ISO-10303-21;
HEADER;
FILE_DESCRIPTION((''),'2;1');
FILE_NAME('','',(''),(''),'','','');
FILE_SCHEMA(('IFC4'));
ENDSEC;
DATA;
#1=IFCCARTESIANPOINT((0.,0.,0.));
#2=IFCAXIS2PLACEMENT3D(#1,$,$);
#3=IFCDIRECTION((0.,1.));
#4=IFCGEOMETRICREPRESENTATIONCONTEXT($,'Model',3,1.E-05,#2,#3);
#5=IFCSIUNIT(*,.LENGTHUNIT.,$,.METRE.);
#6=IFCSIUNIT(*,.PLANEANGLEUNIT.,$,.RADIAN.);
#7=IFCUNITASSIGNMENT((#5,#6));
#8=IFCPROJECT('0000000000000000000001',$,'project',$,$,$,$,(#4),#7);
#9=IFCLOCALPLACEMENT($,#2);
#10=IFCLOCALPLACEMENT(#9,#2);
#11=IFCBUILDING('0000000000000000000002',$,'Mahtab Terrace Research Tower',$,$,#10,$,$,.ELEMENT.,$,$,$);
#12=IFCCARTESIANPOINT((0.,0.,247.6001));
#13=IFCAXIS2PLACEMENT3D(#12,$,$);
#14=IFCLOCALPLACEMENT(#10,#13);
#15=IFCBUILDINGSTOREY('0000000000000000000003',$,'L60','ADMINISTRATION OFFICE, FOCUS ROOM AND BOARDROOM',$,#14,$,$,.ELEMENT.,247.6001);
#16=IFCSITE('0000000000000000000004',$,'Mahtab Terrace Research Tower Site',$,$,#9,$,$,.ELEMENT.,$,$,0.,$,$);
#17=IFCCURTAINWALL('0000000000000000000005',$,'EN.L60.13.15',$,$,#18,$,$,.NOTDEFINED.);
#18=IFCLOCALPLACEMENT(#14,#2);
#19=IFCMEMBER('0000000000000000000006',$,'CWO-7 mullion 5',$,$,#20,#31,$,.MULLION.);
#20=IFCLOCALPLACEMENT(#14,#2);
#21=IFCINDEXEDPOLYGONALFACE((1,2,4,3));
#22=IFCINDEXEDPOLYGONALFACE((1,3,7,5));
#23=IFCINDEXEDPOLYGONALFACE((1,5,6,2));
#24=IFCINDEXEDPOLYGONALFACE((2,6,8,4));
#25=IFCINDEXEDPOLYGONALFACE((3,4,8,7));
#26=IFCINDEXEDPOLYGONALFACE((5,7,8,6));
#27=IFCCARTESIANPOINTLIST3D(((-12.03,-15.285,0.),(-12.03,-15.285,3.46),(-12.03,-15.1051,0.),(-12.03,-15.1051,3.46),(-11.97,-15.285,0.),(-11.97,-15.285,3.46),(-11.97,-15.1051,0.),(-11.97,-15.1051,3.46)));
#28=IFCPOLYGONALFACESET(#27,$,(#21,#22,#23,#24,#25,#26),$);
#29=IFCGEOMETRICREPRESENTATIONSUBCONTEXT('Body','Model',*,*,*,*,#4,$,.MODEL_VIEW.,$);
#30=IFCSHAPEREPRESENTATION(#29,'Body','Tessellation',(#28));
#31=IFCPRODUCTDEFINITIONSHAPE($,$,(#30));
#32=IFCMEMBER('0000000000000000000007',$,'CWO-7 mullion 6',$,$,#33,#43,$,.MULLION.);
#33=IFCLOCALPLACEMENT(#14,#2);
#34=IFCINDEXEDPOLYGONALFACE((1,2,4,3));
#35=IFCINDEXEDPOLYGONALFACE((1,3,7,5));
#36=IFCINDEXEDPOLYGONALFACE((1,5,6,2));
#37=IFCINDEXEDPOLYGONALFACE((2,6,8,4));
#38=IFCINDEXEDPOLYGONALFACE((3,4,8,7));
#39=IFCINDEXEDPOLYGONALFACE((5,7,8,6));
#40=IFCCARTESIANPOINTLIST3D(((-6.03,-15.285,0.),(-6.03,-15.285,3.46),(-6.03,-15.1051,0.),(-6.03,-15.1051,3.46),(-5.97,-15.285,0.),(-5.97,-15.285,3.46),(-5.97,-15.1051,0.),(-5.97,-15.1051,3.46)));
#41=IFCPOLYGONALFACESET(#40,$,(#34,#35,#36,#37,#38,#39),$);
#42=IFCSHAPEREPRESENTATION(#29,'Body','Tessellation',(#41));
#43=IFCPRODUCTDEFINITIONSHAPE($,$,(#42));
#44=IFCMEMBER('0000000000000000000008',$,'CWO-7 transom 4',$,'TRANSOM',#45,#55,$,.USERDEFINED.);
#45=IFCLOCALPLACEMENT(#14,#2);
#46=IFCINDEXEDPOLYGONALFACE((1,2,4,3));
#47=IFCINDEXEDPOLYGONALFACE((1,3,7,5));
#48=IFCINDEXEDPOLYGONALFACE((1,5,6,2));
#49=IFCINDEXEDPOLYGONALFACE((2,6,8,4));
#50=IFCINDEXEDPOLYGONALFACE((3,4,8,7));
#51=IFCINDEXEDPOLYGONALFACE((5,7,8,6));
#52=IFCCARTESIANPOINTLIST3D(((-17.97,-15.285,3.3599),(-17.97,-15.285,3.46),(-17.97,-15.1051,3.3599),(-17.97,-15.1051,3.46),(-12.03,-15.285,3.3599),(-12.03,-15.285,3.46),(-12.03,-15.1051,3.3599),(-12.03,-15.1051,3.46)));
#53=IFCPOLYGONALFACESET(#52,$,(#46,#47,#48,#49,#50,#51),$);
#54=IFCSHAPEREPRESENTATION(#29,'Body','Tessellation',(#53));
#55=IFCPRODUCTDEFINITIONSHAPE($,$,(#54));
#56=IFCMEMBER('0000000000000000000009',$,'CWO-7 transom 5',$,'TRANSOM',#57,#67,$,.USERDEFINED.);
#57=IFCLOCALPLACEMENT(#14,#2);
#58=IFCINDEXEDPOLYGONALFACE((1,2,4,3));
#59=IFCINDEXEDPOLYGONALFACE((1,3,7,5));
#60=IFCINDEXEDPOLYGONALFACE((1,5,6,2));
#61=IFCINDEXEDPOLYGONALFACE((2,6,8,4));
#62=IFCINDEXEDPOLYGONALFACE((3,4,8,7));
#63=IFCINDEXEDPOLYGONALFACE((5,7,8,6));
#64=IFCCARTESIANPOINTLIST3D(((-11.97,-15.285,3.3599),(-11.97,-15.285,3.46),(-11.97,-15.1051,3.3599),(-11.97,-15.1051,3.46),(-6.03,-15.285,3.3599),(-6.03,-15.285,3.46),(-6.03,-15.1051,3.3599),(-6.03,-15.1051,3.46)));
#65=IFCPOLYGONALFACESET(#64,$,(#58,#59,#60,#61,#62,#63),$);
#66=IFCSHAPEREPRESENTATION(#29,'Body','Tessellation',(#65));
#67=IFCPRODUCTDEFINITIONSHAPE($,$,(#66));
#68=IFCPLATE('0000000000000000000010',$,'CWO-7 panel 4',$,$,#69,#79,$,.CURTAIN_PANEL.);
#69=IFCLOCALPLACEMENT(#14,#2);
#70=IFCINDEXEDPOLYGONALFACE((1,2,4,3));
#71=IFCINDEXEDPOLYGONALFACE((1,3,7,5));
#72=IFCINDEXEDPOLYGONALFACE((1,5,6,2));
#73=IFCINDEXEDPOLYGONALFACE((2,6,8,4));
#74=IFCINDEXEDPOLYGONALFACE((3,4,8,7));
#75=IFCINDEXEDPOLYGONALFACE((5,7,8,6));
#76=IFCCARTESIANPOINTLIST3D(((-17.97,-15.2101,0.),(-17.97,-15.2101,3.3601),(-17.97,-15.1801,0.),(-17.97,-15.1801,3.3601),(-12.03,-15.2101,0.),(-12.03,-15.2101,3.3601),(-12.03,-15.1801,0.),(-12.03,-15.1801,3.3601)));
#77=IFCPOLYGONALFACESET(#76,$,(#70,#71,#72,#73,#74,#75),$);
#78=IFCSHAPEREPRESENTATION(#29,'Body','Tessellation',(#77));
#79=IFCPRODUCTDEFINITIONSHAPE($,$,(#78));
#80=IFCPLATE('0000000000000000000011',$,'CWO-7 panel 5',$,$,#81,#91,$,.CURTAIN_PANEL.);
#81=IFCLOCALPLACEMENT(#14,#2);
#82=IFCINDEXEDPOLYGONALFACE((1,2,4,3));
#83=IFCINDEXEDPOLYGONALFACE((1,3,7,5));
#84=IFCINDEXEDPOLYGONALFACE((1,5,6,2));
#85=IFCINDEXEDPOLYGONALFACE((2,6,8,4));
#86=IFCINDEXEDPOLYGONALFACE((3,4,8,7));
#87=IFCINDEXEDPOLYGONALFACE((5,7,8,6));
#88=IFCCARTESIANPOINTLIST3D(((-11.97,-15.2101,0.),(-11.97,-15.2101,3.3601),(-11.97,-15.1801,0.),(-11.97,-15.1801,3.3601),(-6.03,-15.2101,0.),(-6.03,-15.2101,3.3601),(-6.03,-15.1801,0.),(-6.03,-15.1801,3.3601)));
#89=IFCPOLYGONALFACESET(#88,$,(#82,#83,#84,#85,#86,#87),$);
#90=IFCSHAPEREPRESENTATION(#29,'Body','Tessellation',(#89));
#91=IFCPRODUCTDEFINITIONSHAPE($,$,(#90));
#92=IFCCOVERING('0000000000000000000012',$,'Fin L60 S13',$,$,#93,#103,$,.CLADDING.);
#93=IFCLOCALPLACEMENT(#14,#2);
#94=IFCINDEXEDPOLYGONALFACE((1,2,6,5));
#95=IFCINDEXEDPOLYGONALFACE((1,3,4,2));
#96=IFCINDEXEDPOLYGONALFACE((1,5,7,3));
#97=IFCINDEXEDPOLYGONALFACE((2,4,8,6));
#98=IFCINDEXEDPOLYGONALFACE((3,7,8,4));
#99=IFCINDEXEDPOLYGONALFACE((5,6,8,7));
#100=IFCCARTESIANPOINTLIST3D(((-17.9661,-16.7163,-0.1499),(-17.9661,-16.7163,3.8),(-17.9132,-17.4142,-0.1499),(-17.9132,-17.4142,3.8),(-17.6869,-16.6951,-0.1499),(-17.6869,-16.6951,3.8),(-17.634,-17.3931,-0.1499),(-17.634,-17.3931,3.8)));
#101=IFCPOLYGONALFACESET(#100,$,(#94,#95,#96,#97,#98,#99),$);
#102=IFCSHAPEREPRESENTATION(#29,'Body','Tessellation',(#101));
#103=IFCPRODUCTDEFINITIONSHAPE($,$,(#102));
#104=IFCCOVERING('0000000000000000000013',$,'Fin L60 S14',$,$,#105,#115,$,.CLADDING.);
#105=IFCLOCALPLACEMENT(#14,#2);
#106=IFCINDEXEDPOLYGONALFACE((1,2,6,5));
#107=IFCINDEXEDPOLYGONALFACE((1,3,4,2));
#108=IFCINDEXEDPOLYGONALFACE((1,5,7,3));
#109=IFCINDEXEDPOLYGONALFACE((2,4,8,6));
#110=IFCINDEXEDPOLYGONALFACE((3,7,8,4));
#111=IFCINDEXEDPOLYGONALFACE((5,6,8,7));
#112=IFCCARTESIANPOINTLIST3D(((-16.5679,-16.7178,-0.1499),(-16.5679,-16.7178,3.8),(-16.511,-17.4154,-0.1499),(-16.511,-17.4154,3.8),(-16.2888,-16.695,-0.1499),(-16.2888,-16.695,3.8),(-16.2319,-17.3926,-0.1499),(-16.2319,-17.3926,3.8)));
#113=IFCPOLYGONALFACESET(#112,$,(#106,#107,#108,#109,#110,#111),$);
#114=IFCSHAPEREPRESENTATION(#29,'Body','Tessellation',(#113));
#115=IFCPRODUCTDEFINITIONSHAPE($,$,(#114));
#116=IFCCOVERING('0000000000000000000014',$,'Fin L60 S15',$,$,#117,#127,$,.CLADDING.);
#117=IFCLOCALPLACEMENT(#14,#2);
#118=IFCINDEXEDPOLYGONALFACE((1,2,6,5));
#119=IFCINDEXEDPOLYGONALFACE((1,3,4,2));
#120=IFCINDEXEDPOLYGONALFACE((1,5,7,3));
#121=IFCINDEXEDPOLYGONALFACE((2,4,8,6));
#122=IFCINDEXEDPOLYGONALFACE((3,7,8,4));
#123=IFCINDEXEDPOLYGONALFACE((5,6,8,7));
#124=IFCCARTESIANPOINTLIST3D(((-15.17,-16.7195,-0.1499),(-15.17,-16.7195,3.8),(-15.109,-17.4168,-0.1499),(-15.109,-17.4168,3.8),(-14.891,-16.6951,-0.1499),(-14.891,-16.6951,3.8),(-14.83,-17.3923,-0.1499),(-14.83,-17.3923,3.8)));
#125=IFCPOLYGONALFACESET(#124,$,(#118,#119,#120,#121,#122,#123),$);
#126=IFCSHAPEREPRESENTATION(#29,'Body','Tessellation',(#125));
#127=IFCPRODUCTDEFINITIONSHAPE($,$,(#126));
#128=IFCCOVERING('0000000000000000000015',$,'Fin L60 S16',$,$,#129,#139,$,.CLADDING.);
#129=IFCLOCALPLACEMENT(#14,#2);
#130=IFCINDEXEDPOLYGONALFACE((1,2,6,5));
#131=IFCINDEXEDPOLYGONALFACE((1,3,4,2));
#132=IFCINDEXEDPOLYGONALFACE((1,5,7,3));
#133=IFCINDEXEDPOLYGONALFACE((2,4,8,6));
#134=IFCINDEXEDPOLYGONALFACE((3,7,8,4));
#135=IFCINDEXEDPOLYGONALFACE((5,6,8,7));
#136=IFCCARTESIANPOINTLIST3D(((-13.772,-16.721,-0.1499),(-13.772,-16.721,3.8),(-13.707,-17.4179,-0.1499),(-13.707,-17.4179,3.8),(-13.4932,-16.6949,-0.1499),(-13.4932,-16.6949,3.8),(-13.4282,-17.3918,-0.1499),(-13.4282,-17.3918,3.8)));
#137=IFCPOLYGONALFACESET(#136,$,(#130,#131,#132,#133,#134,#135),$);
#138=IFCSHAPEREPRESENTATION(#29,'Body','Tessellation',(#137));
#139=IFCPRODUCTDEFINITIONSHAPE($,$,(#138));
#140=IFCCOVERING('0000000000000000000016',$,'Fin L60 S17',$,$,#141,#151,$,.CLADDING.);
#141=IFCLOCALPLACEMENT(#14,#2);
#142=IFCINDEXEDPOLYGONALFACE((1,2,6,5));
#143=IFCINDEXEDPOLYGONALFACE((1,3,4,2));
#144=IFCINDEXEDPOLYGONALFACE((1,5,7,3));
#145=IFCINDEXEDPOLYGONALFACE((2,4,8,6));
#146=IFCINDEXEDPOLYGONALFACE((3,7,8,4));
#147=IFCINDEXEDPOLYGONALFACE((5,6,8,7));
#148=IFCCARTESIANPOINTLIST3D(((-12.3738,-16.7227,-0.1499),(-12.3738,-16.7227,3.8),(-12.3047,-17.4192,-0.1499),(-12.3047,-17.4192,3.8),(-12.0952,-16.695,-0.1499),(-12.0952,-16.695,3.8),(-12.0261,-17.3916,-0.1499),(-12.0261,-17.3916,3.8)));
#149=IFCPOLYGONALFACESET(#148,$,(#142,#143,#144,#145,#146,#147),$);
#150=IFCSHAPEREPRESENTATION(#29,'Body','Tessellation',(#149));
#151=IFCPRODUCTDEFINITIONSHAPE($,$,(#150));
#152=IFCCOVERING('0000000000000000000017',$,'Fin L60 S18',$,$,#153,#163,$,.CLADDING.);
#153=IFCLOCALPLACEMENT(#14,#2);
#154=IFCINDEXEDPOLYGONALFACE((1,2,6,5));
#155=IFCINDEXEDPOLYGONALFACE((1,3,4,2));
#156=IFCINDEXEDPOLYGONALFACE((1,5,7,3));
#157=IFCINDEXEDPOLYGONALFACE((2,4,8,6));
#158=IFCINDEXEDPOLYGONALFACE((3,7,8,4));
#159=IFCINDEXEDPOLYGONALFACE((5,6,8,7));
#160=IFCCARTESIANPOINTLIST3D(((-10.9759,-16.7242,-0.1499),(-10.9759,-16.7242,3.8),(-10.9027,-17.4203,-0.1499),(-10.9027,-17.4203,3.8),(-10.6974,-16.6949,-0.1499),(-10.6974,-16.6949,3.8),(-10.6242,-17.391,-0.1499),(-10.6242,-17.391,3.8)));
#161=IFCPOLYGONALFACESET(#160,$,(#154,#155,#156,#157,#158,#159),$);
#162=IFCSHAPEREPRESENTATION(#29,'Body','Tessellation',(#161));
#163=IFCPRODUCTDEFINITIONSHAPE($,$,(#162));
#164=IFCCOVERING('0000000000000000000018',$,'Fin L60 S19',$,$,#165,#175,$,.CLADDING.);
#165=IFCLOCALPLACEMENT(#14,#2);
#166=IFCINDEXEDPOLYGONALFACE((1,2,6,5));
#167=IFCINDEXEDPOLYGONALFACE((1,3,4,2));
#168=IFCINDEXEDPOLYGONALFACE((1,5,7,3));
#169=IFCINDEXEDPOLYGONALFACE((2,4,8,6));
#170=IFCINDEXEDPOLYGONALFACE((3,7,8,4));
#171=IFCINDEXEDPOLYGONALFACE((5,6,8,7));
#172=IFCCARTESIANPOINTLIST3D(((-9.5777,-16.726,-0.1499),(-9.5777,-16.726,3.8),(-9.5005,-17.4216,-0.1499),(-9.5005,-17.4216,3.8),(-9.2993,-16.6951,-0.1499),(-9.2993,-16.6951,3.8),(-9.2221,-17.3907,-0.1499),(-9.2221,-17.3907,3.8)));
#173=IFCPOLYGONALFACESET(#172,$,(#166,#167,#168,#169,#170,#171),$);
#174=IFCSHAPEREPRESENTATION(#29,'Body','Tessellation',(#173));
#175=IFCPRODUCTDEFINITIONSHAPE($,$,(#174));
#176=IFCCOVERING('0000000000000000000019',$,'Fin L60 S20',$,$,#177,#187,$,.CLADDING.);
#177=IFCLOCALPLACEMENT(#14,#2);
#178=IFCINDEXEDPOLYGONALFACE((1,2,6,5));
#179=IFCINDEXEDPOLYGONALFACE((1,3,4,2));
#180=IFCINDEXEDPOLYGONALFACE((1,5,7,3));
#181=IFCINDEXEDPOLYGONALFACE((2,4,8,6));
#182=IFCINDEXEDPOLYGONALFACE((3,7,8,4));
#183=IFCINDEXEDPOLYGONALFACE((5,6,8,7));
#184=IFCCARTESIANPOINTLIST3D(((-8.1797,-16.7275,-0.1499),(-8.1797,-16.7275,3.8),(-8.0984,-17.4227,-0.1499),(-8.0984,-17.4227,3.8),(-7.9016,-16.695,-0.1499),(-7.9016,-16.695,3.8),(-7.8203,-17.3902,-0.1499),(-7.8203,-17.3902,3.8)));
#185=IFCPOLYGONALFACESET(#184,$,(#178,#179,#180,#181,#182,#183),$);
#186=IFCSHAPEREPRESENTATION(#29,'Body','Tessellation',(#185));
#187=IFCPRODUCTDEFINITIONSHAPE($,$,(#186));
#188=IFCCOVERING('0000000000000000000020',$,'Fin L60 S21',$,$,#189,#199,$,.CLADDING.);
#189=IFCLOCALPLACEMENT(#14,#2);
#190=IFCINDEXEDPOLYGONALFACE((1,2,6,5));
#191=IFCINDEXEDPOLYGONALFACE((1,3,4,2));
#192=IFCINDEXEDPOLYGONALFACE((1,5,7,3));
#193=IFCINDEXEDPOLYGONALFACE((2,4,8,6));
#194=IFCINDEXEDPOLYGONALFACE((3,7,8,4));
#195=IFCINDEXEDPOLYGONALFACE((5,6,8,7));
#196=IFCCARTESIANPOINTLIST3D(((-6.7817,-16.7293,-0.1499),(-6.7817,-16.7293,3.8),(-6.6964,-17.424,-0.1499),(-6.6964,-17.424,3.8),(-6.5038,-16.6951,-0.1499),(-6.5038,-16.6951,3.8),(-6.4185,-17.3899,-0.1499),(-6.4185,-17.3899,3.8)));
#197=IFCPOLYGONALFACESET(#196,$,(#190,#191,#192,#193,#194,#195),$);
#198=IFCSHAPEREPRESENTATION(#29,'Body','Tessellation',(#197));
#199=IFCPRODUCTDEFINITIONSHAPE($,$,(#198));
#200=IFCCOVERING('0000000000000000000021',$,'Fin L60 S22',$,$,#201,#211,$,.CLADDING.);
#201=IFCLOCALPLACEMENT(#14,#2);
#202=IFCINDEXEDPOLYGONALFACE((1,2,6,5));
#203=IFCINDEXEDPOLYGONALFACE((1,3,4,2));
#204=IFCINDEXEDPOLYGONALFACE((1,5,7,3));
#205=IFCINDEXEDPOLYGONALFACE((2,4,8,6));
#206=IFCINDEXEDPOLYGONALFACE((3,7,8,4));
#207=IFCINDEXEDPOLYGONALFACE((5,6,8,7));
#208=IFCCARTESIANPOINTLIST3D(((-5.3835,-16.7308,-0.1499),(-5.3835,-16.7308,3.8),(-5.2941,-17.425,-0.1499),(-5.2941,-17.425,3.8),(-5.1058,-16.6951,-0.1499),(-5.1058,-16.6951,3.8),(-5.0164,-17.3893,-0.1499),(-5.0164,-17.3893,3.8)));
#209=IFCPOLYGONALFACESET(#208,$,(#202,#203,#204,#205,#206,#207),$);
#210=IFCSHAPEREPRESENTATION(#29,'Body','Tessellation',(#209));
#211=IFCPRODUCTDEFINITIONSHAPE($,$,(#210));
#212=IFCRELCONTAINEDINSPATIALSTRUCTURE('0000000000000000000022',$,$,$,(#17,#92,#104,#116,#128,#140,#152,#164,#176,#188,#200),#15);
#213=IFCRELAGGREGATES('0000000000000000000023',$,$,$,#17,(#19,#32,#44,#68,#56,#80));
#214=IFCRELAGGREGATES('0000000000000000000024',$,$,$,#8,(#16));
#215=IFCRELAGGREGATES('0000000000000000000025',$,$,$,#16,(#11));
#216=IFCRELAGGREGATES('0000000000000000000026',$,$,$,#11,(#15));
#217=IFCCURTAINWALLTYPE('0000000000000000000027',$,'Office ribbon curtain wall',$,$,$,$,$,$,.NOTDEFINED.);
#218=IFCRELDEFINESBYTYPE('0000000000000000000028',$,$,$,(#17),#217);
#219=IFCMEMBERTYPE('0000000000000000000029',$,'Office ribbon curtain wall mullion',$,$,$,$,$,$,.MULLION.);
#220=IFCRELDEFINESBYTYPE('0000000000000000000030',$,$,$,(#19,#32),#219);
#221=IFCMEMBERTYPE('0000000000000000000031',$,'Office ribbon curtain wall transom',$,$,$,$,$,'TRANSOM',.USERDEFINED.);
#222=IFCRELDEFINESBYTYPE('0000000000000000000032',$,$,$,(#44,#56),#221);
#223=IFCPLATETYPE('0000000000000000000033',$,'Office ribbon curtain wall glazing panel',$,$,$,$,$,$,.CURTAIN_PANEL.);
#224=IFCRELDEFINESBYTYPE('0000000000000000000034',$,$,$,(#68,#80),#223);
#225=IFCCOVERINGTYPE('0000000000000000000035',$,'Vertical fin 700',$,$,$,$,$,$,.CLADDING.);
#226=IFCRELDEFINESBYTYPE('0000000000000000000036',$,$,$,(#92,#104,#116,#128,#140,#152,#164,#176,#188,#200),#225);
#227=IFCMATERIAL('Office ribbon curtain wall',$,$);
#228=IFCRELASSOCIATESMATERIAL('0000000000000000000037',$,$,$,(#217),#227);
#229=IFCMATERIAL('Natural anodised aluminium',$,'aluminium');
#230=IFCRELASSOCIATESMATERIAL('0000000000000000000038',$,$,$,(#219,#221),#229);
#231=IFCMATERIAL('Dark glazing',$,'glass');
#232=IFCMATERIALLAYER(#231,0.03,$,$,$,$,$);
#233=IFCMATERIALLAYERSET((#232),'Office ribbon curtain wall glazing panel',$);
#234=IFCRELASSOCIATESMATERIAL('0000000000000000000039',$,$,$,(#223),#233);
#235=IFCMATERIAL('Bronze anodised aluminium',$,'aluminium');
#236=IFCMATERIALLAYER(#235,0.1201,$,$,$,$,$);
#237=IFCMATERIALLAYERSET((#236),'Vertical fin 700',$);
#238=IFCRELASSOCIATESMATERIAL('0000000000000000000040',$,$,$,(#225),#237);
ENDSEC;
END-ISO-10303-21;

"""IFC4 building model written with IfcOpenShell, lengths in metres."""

from ifc_helpers import new_model, si_unit, direction, frame, origin, origin_2d, place, context, subcontext, project, spatial, rectangle, extrude, material, layer, layer_set, material_profile, profile_set, type_object, element, aggregate, save


model = new_model("IFC4")

# Units and contexts
model_context = context("Model", 3, precision=1e-05, world=origin(), true_north=direction((0.0, 1.0)))
body_context = subcontext(model_context, "Body", "Model", "MODEL_VIEW")
ifc_project = project(units=[si_unit("LENGTHUNIT", "METRE"), si_unit("PLANEANGLEUNIT", "RADIAN")], contexts=[model_context])

# Site, building, storey
site_placement = place(None, origin())
site = spatial("IfcSite", under=ifc_project, at=site_placement, Name="Mahtab Terrace Research Tower Site", CompositionType="ELEMENT", RefElevation=0.0)
building_placement = place(site_placement, origin())
building = spatial("IfcBuilding", under=site, at=building_placement, Name="Mahtab Terrace Research Tower", CompositionType="ELEMENT")
storey_placement = place(building_placement, frame((0.0, 0.0, 247.6001)))
storey = spatial("IfcBuildingStorey", under=building, at=storey_placement, Name="L60", Description="ADMINISTRATION OFFICE, FOCUS ROOM AND BOARDROOM", CompositionType="ELEMENT", Elevation=247.6001)

# Curtain wall, members, plates
ifc_material_1 = material(Name="Office ribbon curtain wall")
curtain_wall_type = type_object("IfcCurtainWallType", Name="Office ribbon curtain wall", PredefinedType="NOTDEFINED", material=ifc_material_1)
curtain_wall_placement = place(storey_placement, origin())
curtain_wall = element("IfcCurtainWall", 1, at=curtain_wall_placement, inside=storey, type_object=curtain_wall_type, Name="EN.L60.13.15", PredefinedType="NOTDEFINED")
ifc_material_2 = material(Name="Natural anodised aluminium", Category="aluminium")
ifc_material_profile_1 = material_profile(ifc_material_2, rectangle(XDim=0.1799, YDim=0.0601, at=origin_2d()), Name="MULLION 60x180")
ifc_profile_set_1 = profile_set([ifc_material_profile_1], Name="Natural anodised aluminium")
member_type_1 = type_object("IfcMemberType", Name="Office ribbon curtain wall mullion", PredefinedType="MULLION", material=ifc_profile_set_1)
member_1_placement = place(storey_placement, frame((-12.0, -15.1951, 0.0), z_axis=(0.0, 0.0, 1.0), x_axis=(0.0, 1.0, 0.0)))
member_1 = element("IfcMember", 2, at=member_1_placement, type_object=member_type_1, Name="CWO-7 mullion 5", PredefinedType="MULLION", context=body_context, shape_type="SweptSolid", body=[
    extrude(rectangle(XDim=0.1799, YDim=0.0601, at=origin_2d()), origin(), (0.0, 0.0, 1.0), 3.46),
])
member_2_placement = place(storey_placement, frame((-6.0, -15.1951, 0.0), z_axis=(0.0, 0.0, 1.0), x_axis=(0.0, 1.0, 0.0)))
member_2 = element("IfcMember", 3, at=member_2_placement, type_object=member_type_1, Name="CWO-7 mullion 6", PredefinedType="MULLION", context=body_context, shape_type="SweptSolid", body=[
    extrude(rectangle(XDim=0.1799, YDim=0.0601, at=origin_2d()), origin(), (0.0, 0.0, 1.0), 3.46),
])
ifc_material_profile_2 = material_profile(ifc_material_2, rectangle(XDim=0.1799, YDim=0.1001, at=origin_2d()), Name="TRANSOM 100x180")
ifc_profile_set_2 = profile_set([ifc_material_profile_2], Name="Natural anodised aluminium")
member_type_2 = type_object("IfcMemberType", Name="Office ribbon curtain wall transom", ElementType="TRANSOM", PredefinedType="USERDEFINED", material=ifc_profile_set_2)
member_3_placement = place(storey_placement, frame((-17.97, -15.1951, 3.4099), z_axis=(1.0, 0.0, 0.0), x_axis=(0.0, 1.0, 0.0)))
member_3 = element("IfcMember", 4, at=member_3_placement, type_object=member_type_2, Name="CWO-7 transom 4", ObjectType="TRANSOM", PredefinedType="USERDEFINED", context=body_context, shape_type="SweptSolid", body=[
    extrude(rectangle(XDim=0.1799, YDim=0.1001, at=origin_2d()), origin(), (0.0, 0.0, 1.0), 5.9399),
])
member_4_placement = place(storey_placement, frame((-11.97, -15.1951, 3.4099), z_axis=(1.0, 0.0, 0.0), x_axis=(0.0, 1.0, 0.0)))
member_4 = element("IfcMember", 5, at=member_4_placement, type_object=member_type_2, Name="CWO-7 transom 5", ObjectType="TRANSOM", PredefinedType="USERDEFINED", context=body_context, shape_type="SweptSolid", body=[
    extrude(rectangle(XDim=0.1799, YDim=0.1001, at=origin_2d()), origin(), (0.0, 0.0, 1.0), 5.9399),
])
ifc_material_3 = material(Name="Dark glazing", Category="glass")
ifc_layer_1 = layer(ifc_material_3, 0.03)
ifc_layer_set_1 = layer_set([ifc_layer_1], Name="Office ribbon curtain wall glazing panel")
plate_type = type_object("IfcPlateType", Name="Office ribbon curtain wall glazing panel", PredefinedType="CURTAIN_PANEL", material=ifc_layer_set_1)
plate_1_placement = place(storey_placement, frame((-15.0, -15.1951, 0.0), z_axis=(0.0, 0.0, 1.0), x_axis=(1.0, 0.0, 0.0)))
plate_1 = element("IfcPlate", 6, at=plate_1_placement, type_object=plate_type, Name="CWO-7 panel 4", PredefinedType="CURTAIN_PANEL", context=body_context, shape_type="SweptSolid", body=[
    extrude(rectangle(XDim=5.9399, YDim=0.03, at=origin_2d()), origin(), (0.0, 0.0, 1.0), 3.3601),
])
plate_2_placement = place(storey_placement, frame((-9.0, -15.1951, 0.0), z_axis=(0.0, 0.0, 1.0), x_axis=(1.0, 0.0, 0.0)))
plate_2 = element("IfcPlate", 7, at=plate_2_placement, type_object=plate_type, Name="CWO-7 panel 5", PredefinedType="CURTAIN_PANEL", context=body_context, shape_type="SweptSolid", body=[
    extrude(rectangle(XDim=5.9399, YDim=0.03, at=origin_2d()), origin(), (0.0, 0.0, 1.0), 3.3601),
])
aggregate(curtain_wall, [member_1, member_2, member_3, plate_1, member_4, plate_2])

# Coverings
ifc_material_4 = material(Name="Bronze anodised aluminium", Category="aluminium")
ifc_layer_2 = layer(ifc_material_4, 0.1201)
ifc_layer_set_2 = layer_set([ifc_layer_2], Name="Vertical fin 700")
covering_type = type_object("IfcCoveringType", Name="Vertical fin 700", PredefinedType="CLADDING", material=ifc_layer_set_2)
for number, where, z_axis, x_axis, name in (
    (8, (-17.8, -17.0547, -0.1499), (0.0, 0.0, 1.0), (0.997141, 0.075559, 0.0), "Fin L60 S13"),
    (9, (-16.3999, -17.0552, -0.1499), (0.0, 0.0, 1.0), (0.996685, 0.081359, 0.0), "Fin L60 S14"),
    (10, (-15.0, -17.0559, -0.1499), (0.0, 0.0, 1.0), (0.996195, 0.087156, 0.0), "Fin L60 S15"),
    (11, (-13.6001, -17.0564, -0.1499), (0.0, 0.0, 1.0), (0.995671, 0.09295, 0.0), "Fin L60 S16"),
    (12, (-12.2, -17.0571, -0.1499), (0.0, 0.0, 1.0), (0.995113, 0.098741, 0.0), "Fin L60 S17"),
    (13, (-10.8, -17.0576, -0.1499), (0.0, 0.0, 1.0), (0.994522, 0.104528, 0.0), "Fin L60 S18"),
    (14, (-9.3999, -17.0583, -0.1499), (0.0, 0.0, 1.0), (0.993897, 0.110313, 0.0), "Fin L60 S19"),
    (15, (-8.0, -17.0588, -0.1499), (0.0, 0.0, 1.0), (0.993238, 0.116093, 0.0), "Fin L60 S20"),
    (16, (-6.6001, -17.0596, -0.1499), (0.0, 0.0, 1.0), (0.992546, 0.121869, 0.0), "Fin L60 S21"),
    (17, (-5.2, -17.0601, -0.1499), (0.0, 0.0, 1.0), (0.99182, 0.127642, 0.0), "Fin L60 S22"),
):
    element("IfcCovering", number, at=place(storey_placement, frame(where, z_axis=z_axis, x_axis=x_axis)), inside=storey, type_object=covering_type, Name=name, PredefinedType="CLADDING", context=body_context, shape_type="SweptSolid", body=[
        extrude(rectangle(XDim=0.28, YDim=0.7, at=origin_2d()), origin(), (0.0, 0.0, 1.0), 3.95),
    ])

save(model, "model.ifc")
